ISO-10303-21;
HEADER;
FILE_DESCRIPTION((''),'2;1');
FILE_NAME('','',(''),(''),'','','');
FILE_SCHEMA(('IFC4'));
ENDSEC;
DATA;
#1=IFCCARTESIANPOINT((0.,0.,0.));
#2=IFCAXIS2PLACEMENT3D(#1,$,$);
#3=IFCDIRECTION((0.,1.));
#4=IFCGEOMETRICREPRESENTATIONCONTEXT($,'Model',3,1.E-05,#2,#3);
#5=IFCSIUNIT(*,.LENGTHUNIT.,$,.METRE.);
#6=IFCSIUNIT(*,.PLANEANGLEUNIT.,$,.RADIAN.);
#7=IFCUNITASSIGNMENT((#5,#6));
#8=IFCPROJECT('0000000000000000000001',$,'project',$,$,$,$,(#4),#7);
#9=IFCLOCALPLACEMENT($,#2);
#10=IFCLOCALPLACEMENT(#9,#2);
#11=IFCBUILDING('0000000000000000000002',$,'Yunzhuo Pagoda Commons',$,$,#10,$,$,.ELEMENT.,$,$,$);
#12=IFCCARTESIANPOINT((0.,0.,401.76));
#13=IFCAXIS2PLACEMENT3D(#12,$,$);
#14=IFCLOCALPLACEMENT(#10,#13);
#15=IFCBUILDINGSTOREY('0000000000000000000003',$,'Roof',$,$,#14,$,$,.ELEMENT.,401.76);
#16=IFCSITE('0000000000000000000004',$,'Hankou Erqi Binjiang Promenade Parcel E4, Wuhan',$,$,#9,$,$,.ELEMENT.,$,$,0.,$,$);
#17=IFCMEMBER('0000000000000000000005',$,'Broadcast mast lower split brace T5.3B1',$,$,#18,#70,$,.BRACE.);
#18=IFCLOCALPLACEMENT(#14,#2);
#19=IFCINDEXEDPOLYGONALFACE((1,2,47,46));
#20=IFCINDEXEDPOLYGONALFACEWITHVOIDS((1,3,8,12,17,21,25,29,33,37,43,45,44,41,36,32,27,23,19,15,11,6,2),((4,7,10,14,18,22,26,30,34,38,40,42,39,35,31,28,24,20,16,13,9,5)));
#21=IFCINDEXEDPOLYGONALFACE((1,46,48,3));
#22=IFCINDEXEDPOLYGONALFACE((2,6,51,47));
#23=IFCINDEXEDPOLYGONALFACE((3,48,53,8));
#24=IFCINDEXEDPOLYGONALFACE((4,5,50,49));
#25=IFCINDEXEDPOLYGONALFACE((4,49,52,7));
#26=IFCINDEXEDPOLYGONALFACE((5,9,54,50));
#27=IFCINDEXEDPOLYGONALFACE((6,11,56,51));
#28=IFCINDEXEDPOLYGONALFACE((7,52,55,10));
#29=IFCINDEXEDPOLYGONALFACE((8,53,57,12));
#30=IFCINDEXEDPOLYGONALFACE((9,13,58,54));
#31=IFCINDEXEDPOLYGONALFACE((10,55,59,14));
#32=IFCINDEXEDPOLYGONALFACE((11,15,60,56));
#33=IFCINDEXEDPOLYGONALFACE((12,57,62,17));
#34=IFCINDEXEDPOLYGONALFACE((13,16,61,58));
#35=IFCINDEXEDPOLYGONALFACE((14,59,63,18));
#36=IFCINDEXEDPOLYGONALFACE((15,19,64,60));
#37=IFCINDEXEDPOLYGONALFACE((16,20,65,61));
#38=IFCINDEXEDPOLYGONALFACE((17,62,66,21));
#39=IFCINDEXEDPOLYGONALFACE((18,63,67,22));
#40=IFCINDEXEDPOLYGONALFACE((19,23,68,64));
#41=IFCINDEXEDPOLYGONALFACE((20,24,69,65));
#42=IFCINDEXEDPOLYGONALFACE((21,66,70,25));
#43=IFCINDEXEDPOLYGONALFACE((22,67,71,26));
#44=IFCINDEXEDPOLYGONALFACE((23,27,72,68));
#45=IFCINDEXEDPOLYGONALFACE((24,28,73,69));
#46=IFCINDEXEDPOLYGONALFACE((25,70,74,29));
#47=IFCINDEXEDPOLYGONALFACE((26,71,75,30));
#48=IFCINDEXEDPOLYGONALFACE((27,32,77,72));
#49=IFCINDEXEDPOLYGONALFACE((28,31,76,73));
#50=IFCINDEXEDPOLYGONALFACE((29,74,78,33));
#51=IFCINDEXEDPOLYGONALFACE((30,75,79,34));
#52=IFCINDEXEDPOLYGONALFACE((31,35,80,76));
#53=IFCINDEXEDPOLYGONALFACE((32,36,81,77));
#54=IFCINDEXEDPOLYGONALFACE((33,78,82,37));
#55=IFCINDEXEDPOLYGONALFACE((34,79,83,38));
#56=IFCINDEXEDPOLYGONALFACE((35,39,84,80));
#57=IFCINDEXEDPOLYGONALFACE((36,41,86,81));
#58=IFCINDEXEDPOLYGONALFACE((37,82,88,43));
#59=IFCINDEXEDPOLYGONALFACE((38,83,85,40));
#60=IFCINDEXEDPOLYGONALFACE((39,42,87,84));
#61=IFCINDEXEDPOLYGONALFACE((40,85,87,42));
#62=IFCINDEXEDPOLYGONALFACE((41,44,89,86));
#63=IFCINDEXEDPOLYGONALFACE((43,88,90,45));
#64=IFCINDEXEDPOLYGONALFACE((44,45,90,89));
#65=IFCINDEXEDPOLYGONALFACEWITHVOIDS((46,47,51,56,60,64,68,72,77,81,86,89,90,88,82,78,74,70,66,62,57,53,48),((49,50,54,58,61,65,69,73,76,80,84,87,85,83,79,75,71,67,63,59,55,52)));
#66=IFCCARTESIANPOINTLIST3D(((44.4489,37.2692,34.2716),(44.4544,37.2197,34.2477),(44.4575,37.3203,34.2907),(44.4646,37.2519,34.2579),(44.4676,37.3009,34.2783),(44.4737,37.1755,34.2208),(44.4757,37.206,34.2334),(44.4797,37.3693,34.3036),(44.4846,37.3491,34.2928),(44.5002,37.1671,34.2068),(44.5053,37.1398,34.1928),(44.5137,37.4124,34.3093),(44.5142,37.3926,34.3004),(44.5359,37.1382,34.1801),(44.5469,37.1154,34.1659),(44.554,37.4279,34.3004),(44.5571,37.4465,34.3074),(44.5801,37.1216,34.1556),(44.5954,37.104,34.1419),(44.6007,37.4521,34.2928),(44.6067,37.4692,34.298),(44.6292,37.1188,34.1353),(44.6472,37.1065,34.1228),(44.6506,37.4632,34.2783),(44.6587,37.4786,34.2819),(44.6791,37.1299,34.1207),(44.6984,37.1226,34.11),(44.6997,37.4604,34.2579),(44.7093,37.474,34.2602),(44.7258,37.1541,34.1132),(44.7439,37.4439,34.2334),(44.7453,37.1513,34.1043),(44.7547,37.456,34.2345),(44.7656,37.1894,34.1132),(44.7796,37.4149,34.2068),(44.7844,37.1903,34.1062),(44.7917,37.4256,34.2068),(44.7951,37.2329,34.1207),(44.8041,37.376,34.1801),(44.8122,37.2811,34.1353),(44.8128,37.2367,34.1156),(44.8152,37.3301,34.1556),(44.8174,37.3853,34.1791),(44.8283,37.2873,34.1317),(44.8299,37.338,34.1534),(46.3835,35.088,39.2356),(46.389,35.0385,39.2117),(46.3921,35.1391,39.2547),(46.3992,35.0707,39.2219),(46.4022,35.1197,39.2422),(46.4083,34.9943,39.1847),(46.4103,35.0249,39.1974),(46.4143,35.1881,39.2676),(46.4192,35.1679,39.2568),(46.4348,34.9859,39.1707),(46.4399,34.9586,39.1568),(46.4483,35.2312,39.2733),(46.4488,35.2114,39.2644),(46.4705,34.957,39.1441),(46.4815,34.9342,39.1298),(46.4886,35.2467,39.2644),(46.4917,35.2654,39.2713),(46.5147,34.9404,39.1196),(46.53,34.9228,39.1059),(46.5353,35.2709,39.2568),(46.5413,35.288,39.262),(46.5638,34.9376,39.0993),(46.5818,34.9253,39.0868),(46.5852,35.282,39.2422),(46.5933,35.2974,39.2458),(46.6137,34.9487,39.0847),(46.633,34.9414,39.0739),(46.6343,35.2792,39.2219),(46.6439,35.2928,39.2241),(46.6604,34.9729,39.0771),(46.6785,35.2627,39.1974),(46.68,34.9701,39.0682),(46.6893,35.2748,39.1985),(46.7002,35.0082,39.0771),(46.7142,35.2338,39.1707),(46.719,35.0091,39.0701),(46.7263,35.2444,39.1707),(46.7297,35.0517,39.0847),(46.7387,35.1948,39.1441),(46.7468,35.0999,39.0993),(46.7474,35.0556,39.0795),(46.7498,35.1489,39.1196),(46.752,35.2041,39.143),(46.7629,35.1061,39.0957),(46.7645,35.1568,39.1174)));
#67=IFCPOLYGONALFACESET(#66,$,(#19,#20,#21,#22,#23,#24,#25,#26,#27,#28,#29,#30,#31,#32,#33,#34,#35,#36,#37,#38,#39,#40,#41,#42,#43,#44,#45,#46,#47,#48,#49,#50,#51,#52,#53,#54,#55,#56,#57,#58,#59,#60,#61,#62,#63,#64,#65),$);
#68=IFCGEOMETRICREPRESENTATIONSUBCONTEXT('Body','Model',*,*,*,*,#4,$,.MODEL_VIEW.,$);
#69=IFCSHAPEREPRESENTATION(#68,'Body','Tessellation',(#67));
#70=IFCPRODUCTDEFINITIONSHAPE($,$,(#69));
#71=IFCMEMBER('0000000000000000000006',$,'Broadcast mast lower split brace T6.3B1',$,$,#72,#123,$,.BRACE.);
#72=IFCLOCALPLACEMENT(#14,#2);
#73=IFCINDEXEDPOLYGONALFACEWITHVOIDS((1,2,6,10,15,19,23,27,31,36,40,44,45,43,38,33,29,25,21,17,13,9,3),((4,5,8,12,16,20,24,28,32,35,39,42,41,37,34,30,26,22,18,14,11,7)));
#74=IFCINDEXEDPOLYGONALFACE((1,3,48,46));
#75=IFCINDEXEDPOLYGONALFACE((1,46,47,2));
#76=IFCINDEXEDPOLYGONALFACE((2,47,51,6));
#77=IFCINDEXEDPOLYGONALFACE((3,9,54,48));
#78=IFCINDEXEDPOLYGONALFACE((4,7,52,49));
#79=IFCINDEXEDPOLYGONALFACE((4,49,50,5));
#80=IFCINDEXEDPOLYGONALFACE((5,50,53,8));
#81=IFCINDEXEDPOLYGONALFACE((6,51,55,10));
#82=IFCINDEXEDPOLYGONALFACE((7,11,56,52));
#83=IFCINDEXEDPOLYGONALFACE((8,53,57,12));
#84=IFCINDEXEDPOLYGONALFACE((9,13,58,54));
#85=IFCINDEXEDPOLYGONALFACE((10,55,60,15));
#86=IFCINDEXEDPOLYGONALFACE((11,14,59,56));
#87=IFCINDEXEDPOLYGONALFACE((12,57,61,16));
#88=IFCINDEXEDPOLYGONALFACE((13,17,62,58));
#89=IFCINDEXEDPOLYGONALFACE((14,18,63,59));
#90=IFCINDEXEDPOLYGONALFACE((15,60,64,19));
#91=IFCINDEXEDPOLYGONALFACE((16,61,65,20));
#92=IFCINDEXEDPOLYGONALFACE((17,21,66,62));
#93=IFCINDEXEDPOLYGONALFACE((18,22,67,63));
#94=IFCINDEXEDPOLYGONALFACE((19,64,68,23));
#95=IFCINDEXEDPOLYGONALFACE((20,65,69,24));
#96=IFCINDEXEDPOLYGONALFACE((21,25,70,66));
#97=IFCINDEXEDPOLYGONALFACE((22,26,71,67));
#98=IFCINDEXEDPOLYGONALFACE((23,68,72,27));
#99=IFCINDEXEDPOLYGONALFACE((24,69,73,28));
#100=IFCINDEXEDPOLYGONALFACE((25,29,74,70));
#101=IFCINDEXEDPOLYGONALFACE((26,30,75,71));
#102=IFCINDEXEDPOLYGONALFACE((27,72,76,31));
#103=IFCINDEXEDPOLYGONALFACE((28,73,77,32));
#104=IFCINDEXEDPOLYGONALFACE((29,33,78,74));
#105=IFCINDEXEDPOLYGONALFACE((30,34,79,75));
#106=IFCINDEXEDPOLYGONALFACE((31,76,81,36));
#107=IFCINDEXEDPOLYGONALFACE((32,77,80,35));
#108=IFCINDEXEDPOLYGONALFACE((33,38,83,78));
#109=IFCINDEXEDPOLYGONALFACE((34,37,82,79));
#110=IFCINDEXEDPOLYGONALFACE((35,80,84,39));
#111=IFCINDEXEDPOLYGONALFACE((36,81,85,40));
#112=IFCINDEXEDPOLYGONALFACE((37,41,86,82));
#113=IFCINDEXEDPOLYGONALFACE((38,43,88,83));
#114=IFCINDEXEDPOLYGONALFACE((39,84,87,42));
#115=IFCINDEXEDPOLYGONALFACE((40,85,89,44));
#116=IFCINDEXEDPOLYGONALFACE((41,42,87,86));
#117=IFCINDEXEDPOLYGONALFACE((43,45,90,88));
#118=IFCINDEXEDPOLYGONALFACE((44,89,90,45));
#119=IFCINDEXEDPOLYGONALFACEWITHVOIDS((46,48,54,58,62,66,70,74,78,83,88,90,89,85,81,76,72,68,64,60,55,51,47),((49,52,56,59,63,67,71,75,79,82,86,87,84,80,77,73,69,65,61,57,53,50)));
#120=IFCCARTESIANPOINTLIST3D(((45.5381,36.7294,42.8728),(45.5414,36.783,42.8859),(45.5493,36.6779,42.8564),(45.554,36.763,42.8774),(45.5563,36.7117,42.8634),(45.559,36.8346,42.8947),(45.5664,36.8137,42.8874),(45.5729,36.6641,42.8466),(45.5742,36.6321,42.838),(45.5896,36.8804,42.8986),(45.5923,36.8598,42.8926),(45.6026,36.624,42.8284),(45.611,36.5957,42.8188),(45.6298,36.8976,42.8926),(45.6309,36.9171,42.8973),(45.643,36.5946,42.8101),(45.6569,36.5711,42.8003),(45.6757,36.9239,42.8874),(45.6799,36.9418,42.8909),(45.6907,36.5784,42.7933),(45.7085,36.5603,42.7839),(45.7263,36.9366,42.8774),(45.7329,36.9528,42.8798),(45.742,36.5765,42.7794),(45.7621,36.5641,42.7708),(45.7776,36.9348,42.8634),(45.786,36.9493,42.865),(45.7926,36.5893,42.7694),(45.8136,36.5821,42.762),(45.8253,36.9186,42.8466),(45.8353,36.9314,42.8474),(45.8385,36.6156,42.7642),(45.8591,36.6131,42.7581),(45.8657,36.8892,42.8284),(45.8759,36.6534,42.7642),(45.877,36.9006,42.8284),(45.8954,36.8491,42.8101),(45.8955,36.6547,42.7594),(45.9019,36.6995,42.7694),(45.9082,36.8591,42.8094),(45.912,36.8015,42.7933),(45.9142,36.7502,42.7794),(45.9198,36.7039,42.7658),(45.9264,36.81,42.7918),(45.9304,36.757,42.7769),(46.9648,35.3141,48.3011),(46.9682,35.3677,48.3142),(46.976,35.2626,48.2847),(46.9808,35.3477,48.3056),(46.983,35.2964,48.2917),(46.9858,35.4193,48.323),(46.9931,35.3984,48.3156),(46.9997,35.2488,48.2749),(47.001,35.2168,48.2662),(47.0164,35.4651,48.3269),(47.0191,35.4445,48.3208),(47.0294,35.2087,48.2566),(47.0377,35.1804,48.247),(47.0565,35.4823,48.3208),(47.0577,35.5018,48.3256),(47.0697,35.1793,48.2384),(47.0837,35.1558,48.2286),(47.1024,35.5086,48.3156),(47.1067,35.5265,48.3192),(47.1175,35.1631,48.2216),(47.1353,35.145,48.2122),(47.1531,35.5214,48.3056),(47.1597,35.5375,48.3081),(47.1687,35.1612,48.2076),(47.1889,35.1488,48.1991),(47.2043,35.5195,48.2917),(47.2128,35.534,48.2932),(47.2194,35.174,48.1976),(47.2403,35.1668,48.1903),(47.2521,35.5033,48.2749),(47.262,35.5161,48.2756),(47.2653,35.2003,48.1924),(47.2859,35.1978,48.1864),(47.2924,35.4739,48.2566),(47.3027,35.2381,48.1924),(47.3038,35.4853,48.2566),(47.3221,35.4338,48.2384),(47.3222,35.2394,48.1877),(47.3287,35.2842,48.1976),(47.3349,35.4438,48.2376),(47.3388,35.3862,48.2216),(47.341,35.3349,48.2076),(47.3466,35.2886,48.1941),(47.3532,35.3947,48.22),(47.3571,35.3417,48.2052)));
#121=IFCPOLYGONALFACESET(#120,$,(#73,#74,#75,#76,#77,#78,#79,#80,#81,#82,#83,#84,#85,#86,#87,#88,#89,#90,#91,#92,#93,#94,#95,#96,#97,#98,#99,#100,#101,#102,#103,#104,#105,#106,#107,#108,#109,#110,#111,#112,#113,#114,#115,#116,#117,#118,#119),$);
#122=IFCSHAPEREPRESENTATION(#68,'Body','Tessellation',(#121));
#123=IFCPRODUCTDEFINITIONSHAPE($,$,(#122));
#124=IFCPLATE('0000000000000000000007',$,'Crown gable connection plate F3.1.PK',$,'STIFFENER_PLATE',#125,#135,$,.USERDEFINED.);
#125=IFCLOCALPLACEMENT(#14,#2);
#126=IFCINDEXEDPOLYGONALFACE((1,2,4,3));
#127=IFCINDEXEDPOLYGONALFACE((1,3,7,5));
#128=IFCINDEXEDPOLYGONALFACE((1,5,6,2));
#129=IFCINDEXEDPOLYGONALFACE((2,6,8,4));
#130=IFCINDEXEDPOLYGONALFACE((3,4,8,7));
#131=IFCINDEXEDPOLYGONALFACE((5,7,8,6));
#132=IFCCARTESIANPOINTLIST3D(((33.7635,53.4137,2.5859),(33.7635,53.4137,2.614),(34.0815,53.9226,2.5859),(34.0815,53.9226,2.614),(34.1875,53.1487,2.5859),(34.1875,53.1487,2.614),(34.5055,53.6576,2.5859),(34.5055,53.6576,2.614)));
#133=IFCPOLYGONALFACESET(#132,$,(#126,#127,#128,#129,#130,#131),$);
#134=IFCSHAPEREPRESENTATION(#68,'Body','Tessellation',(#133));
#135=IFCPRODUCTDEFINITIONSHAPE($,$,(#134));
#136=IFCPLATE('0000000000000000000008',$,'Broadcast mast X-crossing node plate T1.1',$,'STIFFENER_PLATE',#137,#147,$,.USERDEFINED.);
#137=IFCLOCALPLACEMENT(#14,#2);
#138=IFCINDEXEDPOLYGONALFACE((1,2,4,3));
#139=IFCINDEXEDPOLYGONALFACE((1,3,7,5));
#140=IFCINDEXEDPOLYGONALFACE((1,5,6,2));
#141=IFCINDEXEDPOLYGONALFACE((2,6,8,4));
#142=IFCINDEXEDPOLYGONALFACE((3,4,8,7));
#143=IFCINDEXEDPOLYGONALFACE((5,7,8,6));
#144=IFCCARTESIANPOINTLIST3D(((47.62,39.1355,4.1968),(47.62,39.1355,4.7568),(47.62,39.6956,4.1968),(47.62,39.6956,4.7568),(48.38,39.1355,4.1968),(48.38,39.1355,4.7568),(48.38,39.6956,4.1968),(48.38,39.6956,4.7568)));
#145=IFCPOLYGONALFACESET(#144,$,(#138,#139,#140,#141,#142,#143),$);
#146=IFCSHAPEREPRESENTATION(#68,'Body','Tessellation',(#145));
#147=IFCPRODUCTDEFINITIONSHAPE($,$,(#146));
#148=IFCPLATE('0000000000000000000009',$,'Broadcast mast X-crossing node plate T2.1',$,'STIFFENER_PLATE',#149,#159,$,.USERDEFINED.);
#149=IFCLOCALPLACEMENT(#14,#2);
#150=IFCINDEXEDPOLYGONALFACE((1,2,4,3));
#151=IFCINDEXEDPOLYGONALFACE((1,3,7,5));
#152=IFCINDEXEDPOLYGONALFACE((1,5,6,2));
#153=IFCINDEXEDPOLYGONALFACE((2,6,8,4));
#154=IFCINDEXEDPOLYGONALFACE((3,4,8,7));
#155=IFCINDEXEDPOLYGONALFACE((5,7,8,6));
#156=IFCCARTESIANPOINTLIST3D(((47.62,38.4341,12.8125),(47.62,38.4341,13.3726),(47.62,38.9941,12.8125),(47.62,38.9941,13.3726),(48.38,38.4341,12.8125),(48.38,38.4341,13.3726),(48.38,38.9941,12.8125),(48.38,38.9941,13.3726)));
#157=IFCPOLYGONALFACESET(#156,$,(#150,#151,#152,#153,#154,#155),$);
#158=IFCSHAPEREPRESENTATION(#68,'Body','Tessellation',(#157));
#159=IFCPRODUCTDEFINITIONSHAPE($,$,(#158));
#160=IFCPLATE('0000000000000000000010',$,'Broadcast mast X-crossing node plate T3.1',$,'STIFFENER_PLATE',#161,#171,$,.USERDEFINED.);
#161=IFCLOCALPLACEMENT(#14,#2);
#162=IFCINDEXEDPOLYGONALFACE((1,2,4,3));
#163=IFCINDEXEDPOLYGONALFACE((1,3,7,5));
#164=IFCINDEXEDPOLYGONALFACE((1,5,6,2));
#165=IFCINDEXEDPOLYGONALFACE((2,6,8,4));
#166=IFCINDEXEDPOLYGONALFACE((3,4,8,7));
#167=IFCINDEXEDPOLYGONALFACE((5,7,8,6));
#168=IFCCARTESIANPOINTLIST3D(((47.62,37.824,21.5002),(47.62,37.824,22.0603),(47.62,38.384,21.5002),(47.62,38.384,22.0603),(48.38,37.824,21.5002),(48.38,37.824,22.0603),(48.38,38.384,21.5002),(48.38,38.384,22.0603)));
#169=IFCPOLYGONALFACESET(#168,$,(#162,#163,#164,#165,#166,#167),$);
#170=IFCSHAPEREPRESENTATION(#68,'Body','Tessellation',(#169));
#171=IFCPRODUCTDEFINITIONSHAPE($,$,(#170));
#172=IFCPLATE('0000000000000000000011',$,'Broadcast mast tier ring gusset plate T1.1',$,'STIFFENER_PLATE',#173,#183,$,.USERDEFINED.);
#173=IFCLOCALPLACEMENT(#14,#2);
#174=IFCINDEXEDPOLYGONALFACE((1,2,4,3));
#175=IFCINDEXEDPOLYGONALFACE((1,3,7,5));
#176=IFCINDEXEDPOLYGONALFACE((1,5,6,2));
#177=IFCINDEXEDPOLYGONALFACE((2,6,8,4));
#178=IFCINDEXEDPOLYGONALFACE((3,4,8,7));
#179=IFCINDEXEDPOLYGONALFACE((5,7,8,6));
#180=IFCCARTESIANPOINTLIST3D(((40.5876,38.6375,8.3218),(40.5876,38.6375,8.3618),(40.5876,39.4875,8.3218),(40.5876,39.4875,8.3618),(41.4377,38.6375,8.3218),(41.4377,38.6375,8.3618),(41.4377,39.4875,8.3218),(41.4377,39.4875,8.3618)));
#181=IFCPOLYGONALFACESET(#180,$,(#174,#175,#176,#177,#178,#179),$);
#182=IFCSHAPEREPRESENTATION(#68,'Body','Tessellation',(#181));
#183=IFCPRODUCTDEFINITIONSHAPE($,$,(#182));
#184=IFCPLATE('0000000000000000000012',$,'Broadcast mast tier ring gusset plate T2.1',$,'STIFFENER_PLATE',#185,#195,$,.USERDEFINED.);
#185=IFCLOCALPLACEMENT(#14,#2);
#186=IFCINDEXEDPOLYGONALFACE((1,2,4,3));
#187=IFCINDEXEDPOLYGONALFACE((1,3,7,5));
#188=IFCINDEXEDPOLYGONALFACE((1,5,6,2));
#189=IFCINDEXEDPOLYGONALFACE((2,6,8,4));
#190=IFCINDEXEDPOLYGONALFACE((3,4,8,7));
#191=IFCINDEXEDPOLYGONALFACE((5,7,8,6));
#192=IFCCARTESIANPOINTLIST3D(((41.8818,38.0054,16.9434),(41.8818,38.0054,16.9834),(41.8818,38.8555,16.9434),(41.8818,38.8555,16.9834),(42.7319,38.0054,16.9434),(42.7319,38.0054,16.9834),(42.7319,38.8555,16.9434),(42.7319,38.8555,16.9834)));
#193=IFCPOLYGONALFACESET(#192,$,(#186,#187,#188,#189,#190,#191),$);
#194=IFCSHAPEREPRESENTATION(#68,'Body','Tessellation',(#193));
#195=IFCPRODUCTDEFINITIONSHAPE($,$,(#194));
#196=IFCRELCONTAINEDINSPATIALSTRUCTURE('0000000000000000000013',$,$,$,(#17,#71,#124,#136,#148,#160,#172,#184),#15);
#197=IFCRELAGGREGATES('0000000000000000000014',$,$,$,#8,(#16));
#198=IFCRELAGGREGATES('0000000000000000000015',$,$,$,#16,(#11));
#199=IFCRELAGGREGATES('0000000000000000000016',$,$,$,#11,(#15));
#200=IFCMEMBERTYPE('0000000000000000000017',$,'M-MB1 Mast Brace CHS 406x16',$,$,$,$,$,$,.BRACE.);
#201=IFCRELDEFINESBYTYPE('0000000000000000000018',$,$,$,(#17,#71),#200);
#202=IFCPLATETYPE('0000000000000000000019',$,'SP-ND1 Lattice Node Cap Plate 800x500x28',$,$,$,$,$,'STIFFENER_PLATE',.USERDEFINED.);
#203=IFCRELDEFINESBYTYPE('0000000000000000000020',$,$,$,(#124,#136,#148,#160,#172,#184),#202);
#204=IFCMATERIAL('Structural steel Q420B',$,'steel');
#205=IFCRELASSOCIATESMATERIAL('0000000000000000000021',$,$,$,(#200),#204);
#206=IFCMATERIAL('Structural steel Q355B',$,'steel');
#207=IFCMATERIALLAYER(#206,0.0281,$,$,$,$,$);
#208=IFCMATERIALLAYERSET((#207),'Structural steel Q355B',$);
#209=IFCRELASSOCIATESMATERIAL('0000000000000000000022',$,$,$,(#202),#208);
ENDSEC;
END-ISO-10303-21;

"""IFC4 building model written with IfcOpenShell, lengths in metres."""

from ifc_helpers import new_model, si_unit, direction, frame, origin, origin_2d, place, context, subcontext, project, spatial, rectangle, hollow_circle, extrude, source, transform, mapped, material, layer, layer_set, material_profile, profile_set, type_object, element, save


model = new_model("IFC4")

# Units and contexts
model_context = context("Model", 3, precision=1e-05, world=origin(), true_north=direction((0.0, 1.0)))
body_context = subcontext(model_context, "Body", "Model", "MODEL_VIEW")
ifc_project = project(units=[si_unit("LENGTHUNIT", "METRE"), si_unit("PLANEANGLEUNIT", "RADIAN")], contexts=[model_context])

# Site, building, storey
site_placement = place(None, origin())
site = spatial("IfcSite", under=ifc_project, at=site_placement, Name="Hankou Erqi Binjiang Promenade Parcel E4, Wuhan", CompositionType="ELEMENT", RefElevation=0.0)
building_placement = place(site_placement, origin())
building = spatial("IfcBuilding", under=site, at=building_placement, Name="Yunzhuo Pagoda Commons", CompositionType="ELEMENT")
storey_placement = place(building_placement, frame((0.0, 0.0, 401.76)))
storey = spatial("IfcBuildingStorey", under=building, at=storey_placement, Name="Roof", CompositionType="ELEMENT", Elevation=401.76)

# Members
ifc_material_1 = material(Name="Structural steel Q355B", Category="steel")
ifc_material_2 = material(Name="Structural steel Q420B", Category="steel")
ifc_material_profile_1 = material_profile(ifc_material_2, hollow_circle(Radius=0.2029, WallThickness=0.0161, at=origin_2d()), Name="Structural steel Q420B")
ifc_profile_set_1 = profile_set([ifc_material_profile_1], Name="Structural steel Q420B")
member_type_1 = type_object("IfcMemberType", Name="M-MB1 Mast Brace CHS 406x16", PredefinedType="BRACE", material=ifc_profile_set_1)
shared_shape_1 = source(origin(), body_context, "Body", "SweptSolid", [
    extrude(hollow_circle(Radius=0.2029, WallThickness=0.0161, at=origin_2d()), origin(), (0.0, 0.0, 1.0), 5.7568),
])
member_1_placement = place(storey_placement, frame((44.6399, 37.291, 34.2068), z_axis=(0.336054, -0.378887, 0.862272), x_axis=(0.74813, 0.663553, 0.0)))
element("IfcMember", 1, at=member_1_placement, inside=storey, type_object=member_type_1, Name="Broadcast mast lower split brace T5.3B1", PredefinedType="BRACE", context=body_context, shape_type="MappedRepresentation", body=[
    mapped(shared_shape_1, transform((0.0, 0.0, 0.0), scale=1.0)),
])
shared_shape_2 = source(origin(), body_context, "Body", "SweptSolid", [
    extrude(hollow_circle(Radius=0.2029, WallThickness=0.0161, at=origin_2d()), origin(), (0.0, 0.0, 1.0), 5.7883),
])
member_2_placement = place(storey_placement, frame((45.7341, 36.7566, 42.8284), z_axis=(0.246491, -0.244508, 0.937794), x_axis=(0.704246, 0.709956, 0.0)))
element("IfcMember", 2, at=member_2_placement, inside=storey, type_object=member_type_1, Name="Broadcast mast lower split brace T6.3B1", PredefinedType="BRACE", context=body_context, shape_type="MappedRepresentation", body=[
    mapped(shared_shape_2, transform((0.0, 0.0, 0.0), scale=1.0)),
])

# Plates
ifc_layer = layer(ifc_material_1, 0.0281)
ifc_layer_set = layer_set([ifc_layer], Name="Structural steel Q355B")
plate_type = type_object("IfcPlateType", Name="SP-ND1 Lattice Node Cap Plate 800x500x28", ElementType="STIFFENER_PLATE", PredefinedType="USERDEFINED", material=ifc_layer_set)
shared_shape_3 = source(origin(), body_context, "Body", "SweptSolid", [
    extrude(rectangle(XDim=0.6001, YDim=0.5, at=origin_2d()), origin(), (0.0, 0.0, 1.0), 0.0281),
])
plate_placement = place(storey_placement, frame((34.1345, 53.5356, 2.5859), z_axis=(0.0, 0.0, 1.0), x_axis=(-0.529904, -0.848057, 0.0)))
element("IfcPlate", 3, at=plate_placement, inside=storey, type_object=plate_type, Name="Crown gable connection plate F3.1.PK", ObjectType="STIFFENER_PLATE", PredefinedType="USERDEFINED", context=body_context, shape_type="MappedRepresentation", body=[
    mapped(shared_shape_3, transform((0.0, 0.0, 0.0), scale=1.0)),
])
shared_shape_4 = source(origin(), body_context, "Body", "SweptSolid", [
    extrude(rectangle(XDim=0.76, YDim=0.5601, at=origin_2d()), origin(), (0.0, 0.0, 1.0), 0.5601),
])
for number, where, z_axis, x_axis, name in (
    (4, (48.0, 39.4155, 4.1968), (0.0, 0.0, 1.0), (1.0, 0.0, 0.0), "Broadcast mast X-crossing node plate T1.1"),
    (5, (48.0, 38.7141, 12.8125), (0.0, 0.0, 1.0), (1.0, 0.0, 0.0), "Broadcast mast X-crossing node plate T2.1"),
    (6, (48.0, 38.104, 21.5002), (0.0, 0.0, 1.0), (1.0, 0.0, 0.0), "Broadcast mast X-crossing node plate T3.1"),
):
    element("IfcPlate", number, at=place(storey_placement, frame(where, z_axis=z_axis, x_axis=x_axis)), inside=storey, type_object=plate_type, Name=name, ObjectType="STIFFENER_PLATE", PredefinedType="USERDEFINED", context=body_context, shape_type="MappedRepresentation", body=[
        mapped(shared_shape_4, transform((0.0, 0.0, 0.0), scale=1.0)),
    ])
shared_shape_5 = source(origin(), body_context, "Body", "SweptSolid", [
    extrude(rectangle(XDim=0.8501, YDim=0.8501, at=origin_2d()), origin(), (0.0, 0.0, 1.0), 0.04),
])
for number, where, z_axis, x_axis, name in (
    (7, (41.0127, 39.0625, 8.3218), (0.0, 0.0, 1.0), (1.0, 0.0, 0.0), "Broadcast mast tier ring gusset plate T1.1"),
    (8, (42.3069, 38.4304, 16.9434), (0.0, 0.0, 1.0), (1.0, 0.0, 0.0), "Broadcast mast tier ring gusset plate T2.1"),
):
    element("IfcPlate", number, at=place(storey_placement, frame(where, z_axis=z_axis, x_axis=x_axis)), inside=storey, type_object=plate_type, Name=name, ObjectType="STIFFENER_PLATE", PredefinedType="USERDEFINED", context=body_context, shape_type="MappedRepresentation", body=[
        mapped(shared_shape_5, transform((0.0, 0.0, 0.0), scale=1.0)),
    ])

save(model, "model.ifc")
